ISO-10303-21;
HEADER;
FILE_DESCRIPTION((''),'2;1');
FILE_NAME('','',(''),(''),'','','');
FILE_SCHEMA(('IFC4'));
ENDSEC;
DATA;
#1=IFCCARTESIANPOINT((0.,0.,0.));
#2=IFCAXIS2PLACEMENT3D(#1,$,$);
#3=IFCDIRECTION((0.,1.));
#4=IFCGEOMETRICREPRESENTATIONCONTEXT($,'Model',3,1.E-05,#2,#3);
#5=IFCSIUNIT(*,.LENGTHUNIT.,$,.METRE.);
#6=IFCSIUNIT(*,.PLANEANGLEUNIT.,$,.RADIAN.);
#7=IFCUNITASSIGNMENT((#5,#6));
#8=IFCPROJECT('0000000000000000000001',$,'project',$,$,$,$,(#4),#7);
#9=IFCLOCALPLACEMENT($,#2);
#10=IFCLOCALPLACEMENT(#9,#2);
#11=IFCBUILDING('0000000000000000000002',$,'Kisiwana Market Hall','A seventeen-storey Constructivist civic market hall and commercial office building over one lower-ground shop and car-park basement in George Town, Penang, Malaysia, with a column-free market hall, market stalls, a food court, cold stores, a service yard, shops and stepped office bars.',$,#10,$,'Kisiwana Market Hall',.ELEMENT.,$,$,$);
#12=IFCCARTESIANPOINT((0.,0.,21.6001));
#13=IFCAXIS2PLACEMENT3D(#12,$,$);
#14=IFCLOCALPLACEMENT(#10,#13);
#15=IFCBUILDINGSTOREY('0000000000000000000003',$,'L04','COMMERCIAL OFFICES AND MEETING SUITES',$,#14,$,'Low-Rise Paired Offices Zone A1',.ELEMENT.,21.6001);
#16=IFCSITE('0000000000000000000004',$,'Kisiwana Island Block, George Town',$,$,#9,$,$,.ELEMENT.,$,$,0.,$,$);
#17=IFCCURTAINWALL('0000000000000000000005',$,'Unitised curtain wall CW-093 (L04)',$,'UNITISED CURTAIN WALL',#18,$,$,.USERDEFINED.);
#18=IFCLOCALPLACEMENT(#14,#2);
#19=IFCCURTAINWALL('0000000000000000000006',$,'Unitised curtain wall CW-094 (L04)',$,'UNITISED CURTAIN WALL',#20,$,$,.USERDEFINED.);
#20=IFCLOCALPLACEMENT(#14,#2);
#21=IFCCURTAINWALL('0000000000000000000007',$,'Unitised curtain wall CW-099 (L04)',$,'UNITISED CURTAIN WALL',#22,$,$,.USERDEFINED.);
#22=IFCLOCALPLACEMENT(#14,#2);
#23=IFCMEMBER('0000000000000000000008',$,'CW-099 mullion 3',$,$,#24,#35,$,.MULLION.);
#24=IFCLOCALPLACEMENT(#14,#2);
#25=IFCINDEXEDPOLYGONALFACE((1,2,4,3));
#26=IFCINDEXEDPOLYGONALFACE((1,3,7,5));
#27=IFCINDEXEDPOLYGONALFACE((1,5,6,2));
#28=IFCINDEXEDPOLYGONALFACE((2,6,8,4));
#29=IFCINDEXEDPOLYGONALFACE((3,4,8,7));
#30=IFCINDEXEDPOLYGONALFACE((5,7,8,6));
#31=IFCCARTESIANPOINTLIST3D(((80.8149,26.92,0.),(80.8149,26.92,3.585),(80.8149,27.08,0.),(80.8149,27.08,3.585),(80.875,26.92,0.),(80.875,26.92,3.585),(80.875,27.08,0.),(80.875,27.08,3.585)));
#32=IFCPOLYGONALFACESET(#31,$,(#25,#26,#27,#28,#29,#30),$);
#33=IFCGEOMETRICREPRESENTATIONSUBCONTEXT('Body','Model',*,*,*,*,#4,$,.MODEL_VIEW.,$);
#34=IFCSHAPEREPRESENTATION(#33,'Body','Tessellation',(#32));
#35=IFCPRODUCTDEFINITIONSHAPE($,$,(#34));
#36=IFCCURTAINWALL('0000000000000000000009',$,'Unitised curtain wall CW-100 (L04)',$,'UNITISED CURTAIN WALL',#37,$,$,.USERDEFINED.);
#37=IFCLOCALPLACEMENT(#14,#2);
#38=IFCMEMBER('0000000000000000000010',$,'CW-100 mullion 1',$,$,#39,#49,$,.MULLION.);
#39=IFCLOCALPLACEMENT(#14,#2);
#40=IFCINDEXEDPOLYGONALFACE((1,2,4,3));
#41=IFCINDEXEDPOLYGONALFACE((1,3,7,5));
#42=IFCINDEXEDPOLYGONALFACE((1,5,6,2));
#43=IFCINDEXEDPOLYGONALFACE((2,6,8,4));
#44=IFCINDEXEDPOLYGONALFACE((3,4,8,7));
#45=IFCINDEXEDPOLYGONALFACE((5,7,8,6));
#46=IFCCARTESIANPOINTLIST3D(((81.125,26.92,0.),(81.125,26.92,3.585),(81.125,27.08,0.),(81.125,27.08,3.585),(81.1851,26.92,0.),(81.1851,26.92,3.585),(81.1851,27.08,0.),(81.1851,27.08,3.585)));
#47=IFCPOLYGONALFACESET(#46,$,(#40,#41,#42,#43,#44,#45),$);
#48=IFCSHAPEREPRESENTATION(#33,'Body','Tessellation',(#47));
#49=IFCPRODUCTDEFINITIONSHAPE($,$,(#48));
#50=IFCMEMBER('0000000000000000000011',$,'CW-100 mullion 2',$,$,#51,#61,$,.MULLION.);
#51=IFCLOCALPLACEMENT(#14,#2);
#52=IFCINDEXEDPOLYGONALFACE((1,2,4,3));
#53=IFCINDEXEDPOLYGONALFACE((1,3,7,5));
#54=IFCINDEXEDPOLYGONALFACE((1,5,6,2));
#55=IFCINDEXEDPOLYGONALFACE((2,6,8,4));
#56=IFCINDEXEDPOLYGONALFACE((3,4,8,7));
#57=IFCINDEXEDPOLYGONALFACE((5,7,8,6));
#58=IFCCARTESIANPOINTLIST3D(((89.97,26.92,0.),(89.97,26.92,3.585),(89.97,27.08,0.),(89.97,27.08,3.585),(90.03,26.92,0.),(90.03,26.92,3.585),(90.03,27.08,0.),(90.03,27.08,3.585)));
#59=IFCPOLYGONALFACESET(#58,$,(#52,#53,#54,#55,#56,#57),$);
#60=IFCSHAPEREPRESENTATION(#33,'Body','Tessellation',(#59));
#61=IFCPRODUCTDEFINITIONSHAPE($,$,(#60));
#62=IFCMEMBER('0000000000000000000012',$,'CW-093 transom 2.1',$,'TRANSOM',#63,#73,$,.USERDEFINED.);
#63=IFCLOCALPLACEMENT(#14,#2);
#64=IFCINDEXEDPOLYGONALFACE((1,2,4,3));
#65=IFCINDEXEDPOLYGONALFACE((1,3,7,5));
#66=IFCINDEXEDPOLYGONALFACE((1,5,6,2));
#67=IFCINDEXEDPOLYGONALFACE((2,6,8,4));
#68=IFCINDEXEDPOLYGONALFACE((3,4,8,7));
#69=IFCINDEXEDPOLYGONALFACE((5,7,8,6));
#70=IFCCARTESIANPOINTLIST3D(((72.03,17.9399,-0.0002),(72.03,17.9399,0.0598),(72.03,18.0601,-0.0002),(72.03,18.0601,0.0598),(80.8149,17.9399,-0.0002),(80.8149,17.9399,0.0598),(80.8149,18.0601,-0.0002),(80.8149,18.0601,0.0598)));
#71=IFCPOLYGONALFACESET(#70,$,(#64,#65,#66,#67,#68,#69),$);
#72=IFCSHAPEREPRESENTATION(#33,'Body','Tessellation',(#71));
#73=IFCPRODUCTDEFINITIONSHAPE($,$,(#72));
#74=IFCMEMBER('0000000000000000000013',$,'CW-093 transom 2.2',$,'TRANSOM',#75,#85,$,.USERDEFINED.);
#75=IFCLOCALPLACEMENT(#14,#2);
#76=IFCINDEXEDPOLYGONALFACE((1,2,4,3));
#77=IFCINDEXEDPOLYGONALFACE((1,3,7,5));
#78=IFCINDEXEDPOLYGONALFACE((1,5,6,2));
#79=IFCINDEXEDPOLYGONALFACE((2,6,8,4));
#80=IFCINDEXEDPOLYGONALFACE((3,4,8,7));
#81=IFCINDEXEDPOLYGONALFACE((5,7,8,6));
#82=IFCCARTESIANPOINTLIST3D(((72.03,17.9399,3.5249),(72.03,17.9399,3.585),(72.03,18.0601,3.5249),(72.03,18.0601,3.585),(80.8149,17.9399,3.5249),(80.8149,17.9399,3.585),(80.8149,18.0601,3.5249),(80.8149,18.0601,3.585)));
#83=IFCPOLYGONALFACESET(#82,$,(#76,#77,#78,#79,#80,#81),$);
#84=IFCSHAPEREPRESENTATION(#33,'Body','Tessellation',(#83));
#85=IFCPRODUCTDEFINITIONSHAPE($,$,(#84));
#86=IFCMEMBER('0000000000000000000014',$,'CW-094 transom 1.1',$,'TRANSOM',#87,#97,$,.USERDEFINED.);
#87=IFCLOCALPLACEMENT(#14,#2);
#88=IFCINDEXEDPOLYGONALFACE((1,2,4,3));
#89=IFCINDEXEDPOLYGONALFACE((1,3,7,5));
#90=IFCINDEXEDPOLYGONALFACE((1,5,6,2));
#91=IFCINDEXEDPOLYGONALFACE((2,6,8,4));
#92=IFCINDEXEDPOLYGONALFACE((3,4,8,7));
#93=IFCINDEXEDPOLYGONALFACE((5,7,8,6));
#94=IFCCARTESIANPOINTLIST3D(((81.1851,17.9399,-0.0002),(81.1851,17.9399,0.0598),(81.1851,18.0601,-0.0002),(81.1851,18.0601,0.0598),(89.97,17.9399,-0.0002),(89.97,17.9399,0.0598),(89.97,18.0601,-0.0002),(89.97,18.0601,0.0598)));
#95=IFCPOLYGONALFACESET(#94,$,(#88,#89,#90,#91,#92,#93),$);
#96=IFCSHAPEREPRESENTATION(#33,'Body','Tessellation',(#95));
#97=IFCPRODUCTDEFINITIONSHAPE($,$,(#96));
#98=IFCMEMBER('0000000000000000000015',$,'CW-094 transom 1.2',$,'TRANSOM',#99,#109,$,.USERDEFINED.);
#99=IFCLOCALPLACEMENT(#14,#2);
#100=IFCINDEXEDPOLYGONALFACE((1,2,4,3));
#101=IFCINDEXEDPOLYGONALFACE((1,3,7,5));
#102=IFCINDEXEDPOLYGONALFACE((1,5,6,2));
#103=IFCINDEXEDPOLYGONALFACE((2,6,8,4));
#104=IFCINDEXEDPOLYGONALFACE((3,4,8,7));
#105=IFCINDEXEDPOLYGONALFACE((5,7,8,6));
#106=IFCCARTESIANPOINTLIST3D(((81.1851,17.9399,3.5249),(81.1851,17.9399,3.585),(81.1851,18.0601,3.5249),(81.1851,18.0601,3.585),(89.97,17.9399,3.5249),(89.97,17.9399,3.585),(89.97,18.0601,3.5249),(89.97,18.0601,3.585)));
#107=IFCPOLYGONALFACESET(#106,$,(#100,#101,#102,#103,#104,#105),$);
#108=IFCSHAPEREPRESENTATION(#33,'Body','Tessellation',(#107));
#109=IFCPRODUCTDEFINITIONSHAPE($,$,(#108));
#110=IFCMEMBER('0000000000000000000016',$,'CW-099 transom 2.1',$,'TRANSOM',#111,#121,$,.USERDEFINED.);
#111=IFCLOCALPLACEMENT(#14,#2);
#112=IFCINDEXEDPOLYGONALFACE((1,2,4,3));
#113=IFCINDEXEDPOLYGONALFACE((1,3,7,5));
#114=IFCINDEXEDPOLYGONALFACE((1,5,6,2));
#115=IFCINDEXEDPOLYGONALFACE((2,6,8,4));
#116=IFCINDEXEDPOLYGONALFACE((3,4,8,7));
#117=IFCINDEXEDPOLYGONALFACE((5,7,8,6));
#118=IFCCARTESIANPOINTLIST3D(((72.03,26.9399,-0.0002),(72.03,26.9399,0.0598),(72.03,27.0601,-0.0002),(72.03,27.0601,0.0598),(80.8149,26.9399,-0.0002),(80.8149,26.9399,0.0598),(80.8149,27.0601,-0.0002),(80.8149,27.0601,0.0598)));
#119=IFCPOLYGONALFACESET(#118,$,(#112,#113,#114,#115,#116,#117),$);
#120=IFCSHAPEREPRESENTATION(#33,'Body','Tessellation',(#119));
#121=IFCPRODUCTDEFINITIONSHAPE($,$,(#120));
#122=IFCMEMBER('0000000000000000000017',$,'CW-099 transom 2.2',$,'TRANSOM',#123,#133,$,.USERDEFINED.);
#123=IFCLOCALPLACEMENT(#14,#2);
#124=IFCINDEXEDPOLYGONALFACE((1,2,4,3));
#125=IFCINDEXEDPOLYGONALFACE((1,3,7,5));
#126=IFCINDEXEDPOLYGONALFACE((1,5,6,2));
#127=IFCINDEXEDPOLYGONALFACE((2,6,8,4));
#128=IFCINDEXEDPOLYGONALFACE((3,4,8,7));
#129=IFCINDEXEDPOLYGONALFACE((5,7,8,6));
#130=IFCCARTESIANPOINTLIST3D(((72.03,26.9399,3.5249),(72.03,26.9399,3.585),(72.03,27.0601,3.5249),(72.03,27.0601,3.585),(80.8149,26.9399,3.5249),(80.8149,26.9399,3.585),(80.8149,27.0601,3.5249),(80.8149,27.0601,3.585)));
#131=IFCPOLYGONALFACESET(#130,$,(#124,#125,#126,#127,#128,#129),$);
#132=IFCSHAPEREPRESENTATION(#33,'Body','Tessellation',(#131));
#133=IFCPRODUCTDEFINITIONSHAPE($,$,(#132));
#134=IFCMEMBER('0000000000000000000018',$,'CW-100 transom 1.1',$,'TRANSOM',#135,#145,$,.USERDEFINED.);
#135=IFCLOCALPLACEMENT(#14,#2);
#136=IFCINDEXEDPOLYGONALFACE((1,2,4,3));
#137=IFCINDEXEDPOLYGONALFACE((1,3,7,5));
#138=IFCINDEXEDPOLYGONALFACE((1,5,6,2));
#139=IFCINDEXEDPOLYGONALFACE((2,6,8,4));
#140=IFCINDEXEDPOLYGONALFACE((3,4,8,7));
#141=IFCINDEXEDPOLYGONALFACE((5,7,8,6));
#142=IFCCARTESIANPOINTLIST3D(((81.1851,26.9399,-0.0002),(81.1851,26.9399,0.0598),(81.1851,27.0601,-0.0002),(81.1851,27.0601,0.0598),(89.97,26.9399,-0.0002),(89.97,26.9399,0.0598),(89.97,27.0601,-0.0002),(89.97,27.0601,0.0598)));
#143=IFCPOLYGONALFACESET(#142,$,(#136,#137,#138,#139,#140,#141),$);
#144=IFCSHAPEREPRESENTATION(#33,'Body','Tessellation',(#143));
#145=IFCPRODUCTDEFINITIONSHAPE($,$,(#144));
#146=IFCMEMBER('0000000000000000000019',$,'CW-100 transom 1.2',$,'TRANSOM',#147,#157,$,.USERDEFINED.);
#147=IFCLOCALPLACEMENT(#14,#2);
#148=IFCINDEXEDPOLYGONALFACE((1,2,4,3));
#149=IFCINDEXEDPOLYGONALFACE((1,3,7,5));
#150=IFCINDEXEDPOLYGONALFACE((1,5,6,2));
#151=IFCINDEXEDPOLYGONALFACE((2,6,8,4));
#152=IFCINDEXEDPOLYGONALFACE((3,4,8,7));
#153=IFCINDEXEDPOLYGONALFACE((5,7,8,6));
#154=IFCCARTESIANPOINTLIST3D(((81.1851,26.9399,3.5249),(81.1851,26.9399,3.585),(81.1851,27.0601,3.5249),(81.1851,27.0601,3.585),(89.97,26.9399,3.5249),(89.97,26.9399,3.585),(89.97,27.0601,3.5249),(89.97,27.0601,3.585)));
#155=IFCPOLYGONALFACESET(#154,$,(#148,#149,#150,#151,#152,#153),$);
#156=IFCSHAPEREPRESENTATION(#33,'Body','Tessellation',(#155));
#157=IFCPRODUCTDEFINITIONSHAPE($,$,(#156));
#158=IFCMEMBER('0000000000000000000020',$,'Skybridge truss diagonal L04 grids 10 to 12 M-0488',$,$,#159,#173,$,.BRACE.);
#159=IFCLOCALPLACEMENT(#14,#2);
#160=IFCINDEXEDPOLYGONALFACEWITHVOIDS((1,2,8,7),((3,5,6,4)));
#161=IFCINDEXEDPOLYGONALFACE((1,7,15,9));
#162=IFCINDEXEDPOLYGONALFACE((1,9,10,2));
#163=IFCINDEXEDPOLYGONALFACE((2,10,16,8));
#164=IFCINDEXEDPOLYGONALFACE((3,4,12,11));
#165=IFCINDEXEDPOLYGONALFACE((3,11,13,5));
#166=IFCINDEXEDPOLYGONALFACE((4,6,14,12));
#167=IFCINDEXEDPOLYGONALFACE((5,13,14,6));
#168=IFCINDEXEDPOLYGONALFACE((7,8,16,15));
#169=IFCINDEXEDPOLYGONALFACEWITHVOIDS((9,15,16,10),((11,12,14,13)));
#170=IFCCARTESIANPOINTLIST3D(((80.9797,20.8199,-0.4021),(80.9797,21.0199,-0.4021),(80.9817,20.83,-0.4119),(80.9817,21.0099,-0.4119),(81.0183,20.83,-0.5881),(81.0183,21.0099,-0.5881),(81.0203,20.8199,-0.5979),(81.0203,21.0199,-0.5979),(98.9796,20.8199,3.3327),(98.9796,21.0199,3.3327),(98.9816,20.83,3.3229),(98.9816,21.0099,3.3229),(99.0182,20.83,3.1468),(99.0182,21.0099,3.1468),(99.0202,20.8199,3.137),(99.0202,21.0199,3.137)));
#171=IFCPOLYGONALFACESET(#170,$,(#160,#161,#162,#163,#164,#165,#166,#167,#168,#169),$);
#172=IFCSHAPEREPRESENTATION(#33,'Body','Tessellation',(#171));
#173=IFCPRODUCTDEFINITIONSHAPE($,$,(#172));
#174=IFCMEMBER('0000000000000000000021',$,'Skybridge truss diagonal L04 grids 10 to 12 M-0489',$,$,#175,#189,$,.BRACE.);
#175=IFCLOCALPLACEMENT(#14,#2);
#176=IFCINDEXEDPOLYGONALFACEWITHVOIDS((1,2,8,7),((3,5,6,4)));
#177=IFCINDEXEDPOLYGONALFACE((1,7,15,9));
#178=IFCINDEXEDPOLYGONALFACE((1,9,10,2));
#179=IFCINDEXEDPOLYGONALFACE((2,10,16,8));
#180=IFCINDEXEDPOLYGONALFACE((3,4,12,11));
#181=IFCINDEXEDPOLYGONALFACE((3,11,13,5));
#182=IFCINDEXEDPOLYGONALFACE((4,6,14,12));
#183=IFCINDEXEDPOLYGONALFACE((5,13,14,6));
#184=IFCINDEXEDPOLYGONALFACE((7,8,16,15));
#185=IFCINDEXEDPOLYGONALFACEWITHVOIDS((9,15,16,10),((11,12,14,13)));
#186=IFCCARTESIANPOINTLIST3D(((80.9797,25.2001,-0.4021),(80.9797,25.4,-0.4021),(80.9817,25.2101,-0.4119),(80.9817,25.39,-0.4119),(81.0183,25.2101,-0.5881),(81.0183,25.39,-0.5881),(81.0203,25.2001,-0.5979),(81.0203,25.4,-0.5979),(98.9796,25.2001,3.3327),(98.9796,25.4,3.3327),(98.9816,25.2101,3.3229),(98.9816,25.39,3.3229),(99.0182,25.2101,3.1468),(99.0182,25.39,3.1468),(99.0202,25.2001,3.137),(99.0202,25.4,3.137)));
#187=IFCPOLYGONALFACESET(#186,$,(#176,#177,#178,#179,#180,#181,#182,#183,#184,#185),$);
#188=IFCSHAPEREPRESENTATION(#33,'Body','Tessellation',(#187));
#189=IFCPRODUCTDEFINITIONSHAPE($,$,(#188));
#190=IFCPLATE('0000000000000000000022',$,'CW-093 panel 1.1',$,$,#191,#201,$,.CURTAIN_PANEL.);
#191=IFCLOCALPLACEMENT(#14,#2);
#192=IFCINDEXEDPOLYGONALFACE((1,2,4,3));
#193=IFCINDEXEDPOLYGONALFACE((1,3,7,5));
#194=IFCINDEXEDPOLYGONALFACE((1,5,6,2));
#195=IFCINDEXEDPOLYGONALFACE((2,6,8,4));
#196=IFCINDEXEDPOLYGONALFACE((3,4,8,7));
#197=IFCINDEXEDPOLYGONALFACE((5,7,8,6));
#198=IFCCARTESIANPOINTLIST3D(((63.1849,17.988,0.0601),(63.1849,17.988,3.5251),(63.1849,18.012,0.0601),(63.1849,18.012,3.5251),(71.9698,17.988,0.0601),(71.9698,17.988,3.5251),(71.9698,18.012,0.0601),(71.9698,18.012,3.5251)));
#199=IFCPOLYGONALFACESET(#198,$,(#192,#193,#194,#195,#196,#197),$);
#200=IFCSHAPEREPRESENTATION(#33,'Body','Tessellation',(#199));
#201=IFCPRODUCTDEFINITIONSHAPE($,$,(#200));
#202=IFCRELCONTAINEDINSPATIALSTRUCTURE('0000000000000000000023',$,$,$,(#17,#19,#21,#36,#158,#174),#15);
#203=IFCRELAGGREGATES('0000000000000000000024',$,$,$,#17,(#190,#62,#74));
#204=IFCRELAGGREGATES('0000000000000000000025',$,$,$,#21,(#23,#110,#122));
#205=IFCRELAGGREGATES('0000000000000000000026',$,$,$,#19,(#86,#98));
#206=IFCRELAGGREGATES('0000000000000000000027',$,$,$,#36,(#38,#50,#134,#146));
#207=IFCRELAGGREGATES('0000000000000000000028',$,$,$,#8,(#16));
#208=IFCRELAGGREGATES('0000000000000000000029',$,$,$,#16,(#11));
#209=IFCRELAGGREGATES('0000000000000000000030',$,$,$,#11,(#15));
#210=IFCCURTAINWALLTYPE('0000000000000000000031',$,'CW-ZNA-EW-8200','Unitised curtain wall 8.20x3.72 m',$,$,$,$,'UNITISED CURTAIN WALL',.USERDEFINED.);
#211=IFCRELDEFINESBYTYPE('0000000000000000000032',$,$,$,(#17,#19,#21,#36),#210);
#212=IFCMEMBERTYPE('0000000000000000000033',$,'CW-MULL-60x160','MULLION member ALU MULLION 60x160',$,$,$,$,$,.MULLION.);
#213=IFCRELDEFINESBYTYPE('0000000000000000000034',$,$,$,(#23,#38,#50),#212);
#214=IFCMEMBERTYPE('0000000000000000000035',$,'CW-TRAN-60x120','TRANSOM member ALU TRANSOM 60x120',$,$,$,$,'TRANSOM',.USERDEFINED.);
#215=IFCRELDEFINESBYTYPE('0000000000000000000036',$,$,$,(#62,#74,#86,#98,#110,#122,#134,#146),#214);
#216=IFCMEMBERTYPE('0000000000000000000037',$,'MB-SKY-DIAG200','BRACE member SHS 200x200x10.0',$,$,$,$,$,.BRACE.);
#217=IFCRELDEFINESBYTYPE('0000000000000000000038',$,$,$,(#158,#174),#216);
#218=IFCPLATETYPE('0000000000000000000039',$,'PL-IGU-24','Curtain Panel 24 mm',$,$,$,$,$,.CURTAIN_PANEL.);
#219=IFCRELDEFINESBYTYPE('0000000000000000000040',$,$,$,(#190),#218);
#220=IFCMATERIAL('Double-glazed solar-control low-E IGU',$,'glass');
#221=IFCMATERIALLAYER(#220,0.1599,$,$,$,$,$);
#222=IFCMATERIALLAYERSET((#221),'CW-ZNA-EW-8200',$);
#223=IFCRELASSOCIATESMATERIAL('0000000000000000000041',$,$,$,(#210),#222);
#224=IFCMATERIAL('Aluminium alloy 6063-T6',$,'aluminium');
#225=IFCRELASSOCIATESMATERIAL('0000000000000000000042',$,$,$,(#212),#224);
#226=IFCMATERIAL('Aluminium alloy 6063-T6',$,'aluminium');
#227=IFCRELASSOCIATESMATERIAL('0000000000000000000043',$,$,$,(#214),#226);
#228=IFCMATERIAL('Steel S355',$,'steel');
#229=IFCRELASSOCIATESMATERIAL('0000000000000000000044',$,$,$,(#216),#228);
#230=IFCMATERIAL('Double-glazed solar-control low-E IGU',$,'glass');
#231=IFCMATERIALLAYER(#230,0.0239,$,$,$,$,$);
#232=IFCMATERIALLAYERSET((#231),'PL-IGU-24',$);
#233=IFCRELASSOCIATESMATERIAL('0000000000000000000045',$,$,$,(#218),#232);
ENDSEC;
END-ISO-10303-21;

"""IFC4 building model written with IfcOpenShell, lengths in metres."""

from ifc_helpers import new_model, si_unit, direction, frame, origin, origin_2d, place, context, subcontext, project, spatial, rectangle, hollow_rectangle, extrude, material, layer, layer_set, material_profile, profile_set, type_object, element, aggregate, save


model = new_model("IFC4")

# Units and contexts
model_context = context("Model", 3, precision=1e-05, world=origin(), true_north=direction((0.0, 1.0)))
body_context = subcontext(model_context, "Body", "Model", "MODEL_VIEW")
ifc_project = project(units=[si_unit("LENGTHUNIT", "METRE"), si_unit("PLANEANGLEUNIT", "RADIAN")], contexts=[model_context])

# Site, building, storey
site_placement = place(None, origin())
site = spatial("IfcSite", under=ifc_project, at=site_placement, Name="Kisiwana Island Block, George Town", CompositionType="ELEMENT", RefElevation=0.0)
building_placement = place(site_placement, origin())
building = spatial("IfcBuilding", under=site, at=building_placement, Name="Kisiwana Market Hall", Description="A seventeen-storey Constructivist civic market hall and commercial office building over one lower-ground shop and car-park basement in George Town, Penang, Malaysia, with a column-free market hall, market stalls, a food court, cold stores, a service yard, shops and stepped office bars.", LongName="Kisiwana Market Hall", CompositionType="ELEMENT")
storey_placement = place(building_placement, frame((0.0, 0.0, 21.6001)))
storey = spatial("IfcBuildingStorey", under=building, at=storey_placement, Name="L04", Description="COMMERCIAL OFFICES AND MEETING SUITES", LongName="Low-Rise Paired Offices Zone A1", CompositionType="ELEMENT", Elevation=21.6001)

# Curtain walls, members
ifc_material_1 = material(Name="Double-glazed solar-control low-E IGU", Category="glass")
ifc_layer_1 = layer(ifc_material_1, 0.1599)
ifc_layer_set_1 = layer_set([ifc_layer_1], Name="CW-ZNA-EW-8200")
curtain_wall_type = type_object("IfcCurtainWallType", Name="CW-ZNA-EW-8200", Description="Unitised curtain wall 8.20x3.72 m", ElementType="UNITISED CURTAIN WALL", PredefinedType="USERDEFINED", material=ifc_layer_set_1)
curtain_wall_1_placement = place(storey_placement, origin())
curtain_wall_1 = element("IfcCurtainWall", 1, at=curtain_wall_1_placement, inside=storey, type_object=curtain_wall_type, Name="Unitised curtain wall CW-093 (L04)", ObjectType="UNITISED CURTAIN WALL", PredefinedType="USERDEFINED")
ifc_material_2 = material(Name="Aluminium alloy 6063-T6", Category="aluminium")
ifc_material_profile_1 = material_profile(ifc_material_2, rectangle(XDim=0.0601, YDim=0.1599, at=origin_2d()), Name="ALU MULLION 60x160")
ifc_profile_set_1 = profile_set([ifc_material_profile_1], Name="Aluminium alloy 6063-T6")
member_type_1 = type_object("IfcMemberType", Name="CW-MULL-60x160", Description="MULLION member ALU MULLION 60x160", PredefinedType="MULLION", material=ifc_profile_set_1)
curtain_wall_2_placement = place(storey_placement, origin())
curtain_wall_2 = element("IfcCurtainWall", 2, at=curtain_wall_2_placement, inside=storey, type_object=curtain_wall_type, Name="Unitised curtain wall CW-094 (L04)", ObjectType="UNITISED CURTAIN WALL", PredefinedType="USERDEFINED")
curtain_wall_3_placement = place(storey_placement, origin())
curtain_wall_3 = element("IfcCurtainWall", 3, at=curtain_wall_3_placement, inside=storey, type_object=curtain_wall_type, Name="Unitised curtain wall CW-099 (L04)", ObjectType="UNITISED CURTAIN WALL", PredefinedType="USERDEFINED")
member_1_placement = place(storey_placement, frame((80.845, 27.0, 0.0), z_axis=(0.0, 0.0, 1.0), x_axis=(1.0, 0.0, 0.0)))
member_1 = element("IfcMember", 4, at=member_1_placement, type_object=member_type_1, Name="CW-099 mullion 3", PredefinedType="MULLION", context=body_context, shape_type="SweptSolid", body=[
    extrude(rectangle(XDim=0.0601, YDim=0.1599, at=origin_2d()), origin(), (0.0, 0.0, 1.0), 3.585),
])
curtain_wall_4_placement = place(storey_placement, origin())
curtain_wall_4 = element("IfcCurtainWall", 5, at=curtain_wall_4_placement, inside=storey, type_object=curtain_wall_type, Name="Unitised curtain wall CW-100 (L04)", ObjectType="UNITISED CURTAIN WALL", PredefinedType="USERDEFINED")
member_2_placement = place(storey_placement, frame((81.155, 27.0, 0.0), z_axis=(0.0, 0.0, 1.0), x_axis=(1.0, 0.0, 0.0)))
member_2 = element("IfcMember", 6, at=member_2_placement, type_object=member_type_1, Name="CW-100 mullion 1", PredefinedType="MULLION", context=body_context, shape_type="SweptSolid", body=[
    extrude(rectangle(XDim=0.0601, YDim=0.1599, at=origin_2d()), origin(), (0.0, 0.0, 1.0), 3.585),
])
member_3_placement = place(storey_placement, frame((90.0, 27.0, 0.0), z_axis=(0.0, 0.0, 1.0), x_axis=(1.0, 0.0, 0.0)))
member_3 = element("IfcMember", 7, at=member_3_placement, type_object=member_type_1, Name="CW-100 mullion 2", PredefinedType="MULLION", context=body_context, shape_type="SweptSolid", body=[
    extrude(rectangle(XDim=0.0601, YDim=0.1599, at=origin_2d()), origin(), (0.0, 0.0, 1.0), 3.585),
])

# Members
ifc_material_3 = material(Name="Aluminium alloy 6063-T6", Category="aluminium")
ifc_material_profile_2 = material_profile(ifc_material_3, rectangle(XDim=0.1201, YDim=0.0601, at=origin_2d()), Name="ALU TRANSOM 60x120")
ifc_profile_set_2 = profile_set([ifc_material_profile_2], Name="Aluminium alloy 6063-T6")
member_type_2 = type_object("IfcMemberType", Name="CW-TRAN-60x120", Description="TRANSOM member ALU TRANSOM 60x120", ElementType="TRANSOM", PredefinedType="USERDEFINED", material=ifc_profile_set_2)
member_4_placement = place(storey_placement, frame((72.03, 18.0, 0.0298), z_axis=(1.0, 0.0, 0.0), x_axis=(0.0, 1.0, 0.0)))
member_4 = element("IfcMember", 8, at=member_4_placement, type_object=member_type_2, Name="CW-093 transom 2.1", ObjectType="TRANSOM", PredefinedType="USERDEFINED", context=body_context, shape_type="SweptSolid", body=[
    extrude(rectangle(XDim=0.1201, YDim=0.0601, at=origin_2d()), origin(), (0.0, 0.0, 1.0), 8.7849),
])
member_5_placement = place(storey_placement, frame((72.03, 18.0, 3.5549), z_axis=(1.0, 0.0, 0.0), x_axis=(0.0, 1.0, 0.0)))
member_5 = element("IfcMember", 9, at=member_5_placement, type_object=member_type_2, Name="CW-093 transom 2.2", ObjectType="TRANSOM", PredefinedType="USERDEFINED", context=body_context, shape_type="SweptSolid", body=[
    extrude(rectangle(XDim=0.1201, YDim=0.0601, at=origin_2d()), origin(), (0.0, 0.0, 1.0), 8.7849),
])
member_6_placement = place(storey_placement, frame((81.1851, 18.0, 0.0298), z_axis=(1.0, 0.0, 0.0), x_axis=(0.0, 1.0, 0.0)))
member_6 = element("IfcMember", 10, at=member_6_placement, type_object=member_type_2, Name="CW-094 transom 1.1", ObjectType="TRANSOM", PredefinedType="USERDEFINED", context=body_context, shape_type="SweptSolid", body=[
    extrude(rectangle(XDim=0.1201, YDim=0.0601, at=origin_2d()), origin(), (0.0, 0.0, 1.0), 8.7849),
])
member_7_placement = place(storey_placement, frame((81.1851, 18.0, 3.5549), z_axis=(1.0, 0.0, 0.0), x_axis=(0.0, 1.0, 0.0)))
member_7 = element("IfcMember", 11, at=member_7_placement, type_object=member_type_2, Name="CW-094 transom 1.2", ObjectType="TRANSOM", PredefinedType="USERDEFINED", context=body_context, shape_type="SweptSolid", body=[
    extrude(rectangle(XDim=0.1201, YDim=0.0601, at=origin_2d()), origin(), (0.0, 0.0, 1.0), 8.7849),
])
member_8_placement = place(storey_placement, frame((72.03, 27.0, 0.0298), z_axis=(1.0, 0.0, 0.0), x_axis=(0.0, 1.0, 0.0)))
member_8 = element("IfcMember", 12, at=member_8_placement, type_object=member_type_2, Name="CW-099 transom 2.1", ObjectType="TRANSOM", PredefinedType="USERDEFINED", context=body_context, shape_type="SweptSolid", body=[
    extrude(rectangle(XDim=0.1201, YDim=0.0601, at=origin_2d()), origin(), (0.0, 0.0, 1.0), 8.7849),
])
member_9_placement = place(storey_placement, frame((72.03, 27.0, 3.5549), z_axis=(1.0, 0.0, 0.0), x_axis=(0.0, 1.0, 0.0)))
member_9 = element("IfcMember", 13, at=member_9_placement, type_object=member_type_2, Name="CW-099 transom 2.2", ObjectType="TRANSOM", PredefinedType="USERDEFINED", context=body_context, shape_type="SweptSolid", body=[
    extrude(rectangle(XDim=0.1201, YDim=0.0601, at=origin_2d()), origin(), (0.0, 0.0, 1.0), 8.7849),
])
member_10_placement = place(storey_placement, frame((81.1851, 27.0, 0.0298), z_axis=(1.0, 0.0, 0.0), x_axis=(0.0, 1.0, 0.0)))
member_10 = element("IfcMember", 14, at=member_10_placement, type_object=member_type_2, Name="CW-100 transom 1.1", ObjectType="TRANSOM", PredefinedType="USERDEFINED", context=body_context, shape_type="SweptSolid", body=[
    extrude(rectangle(XDim=0.1201, YDim=0.0601, at=origin_2d()), origin(), (0.0, 0.0, 1.0), 8.7849),
])
member_11_placement = place(storey_placement, frame((81.1851, 27.0, 3.5549), z_axis=(1.0, 0.0, 0.0), x_axis=(0.0, 1.0, 0.0)))
member_11 = element("IfcMember", 15, at=member_11_placement, type_object=member_type_2, Name="CW-100 transom 1.2", ObjectType="TRANSOM", PredefinedType="USERDEFINED", context=body_context, shape_type="SweptSolid", body=[
    extrude(rectangle(XDim=0.1201, YDim=0.0601, at=origin_2d()), origin(), (0.0, 0.0, 1.0), 8.7849),
])

# Members
ifc_material_4 = material(Name="Steel S355", Category="steel")
ifc_material_profile_3 = material_profile(ifc_material_4, hollow_rectangle(XDim=0.2, YDim=0.2, WallThickness=0.01, at=origin_2d()), Name="SHS 200x200x10.0")
ifc_profile_set_3 = profile_set([ifc_material_profile_3], Name="Steel S355")
member_type_3 = type_object("IfcMemberType", Name="MB-SKY-DIAG200", Description="BRACE member SHS 200x200x10.0", PredefinedType="BRACE", material=ifc_profile_set_3)
for number, where, z_axis, x_axis, name in (
    (16, (81.0, 20.9199, -0.5), (0.979145, 0.0, 0.203165), (0.0, 1.0, 0.0), "Skybridge truss diagonal L04 grids 10 to 12 M-0488"),
    (17, (81.0, 25.3, -0.5), (0.979145, 0.0, 0.203165), (0.0, 1.0, 0.0), "Skybridge truss diagonal L04 grids 10 to 12 M-0489"),
):
    element("IfcMember", number, at=place(storey_placement, frame(where, z_axis=z_axis, x_axis=x_axis)), inside=storey, type_object=member_type_3, Name=name, PredefinedType="BRACE", context=body_context, shape_type="SweptSolid", body=[
        extrude(hollow_rectangle(XDim=0.2, YDim=0.2, WallThickness=0.01, at=origin_2d()), origin(), (0.0, 0.0, 1.0), 18.3833),
    ])

# Plate
ifc_material_5 = material(Name="Double-glazed solar-control low-E IGU", Category="glass")
ifc_layer_2 = layer(ifc_material_5, 0.0239)
ifc_layer_set_2 = layer_set([ifc_layer_2], Name="PL-IGU-24")
plate_type_1 = type_object("IfcPlateType", Name="PL-IGU-24", Description="Curtain Panel 24 mm", PredefinedType="CURTAIN_PANEL", material=ifc_layer_set_2)
plate_1_placement = place(storey_placement, frame((67.5774, 18.0, 0.0601), z_axis=(0.0, 0.0, 1.0), x_axis=(1.0, 0.0, 0.0)))
plate_1 = element("IfcPlate", 18, at=plate_1_placement, type_object=plate_type_1, Name="CW-093 panel 1.1", PredefinedType="CURTAIN_PANEL", context=body_context, shape_type="SweptSolid", body=[
    extrude(rectangle(XDim=8.7849, YDim=0.0239, at=origin_2d()), origin(), (0.0, 0.0, 1.0), 3.4651),
])
aggregate(curtain_wall_1, [plate_1, member_4, member_5])
aggregate(curtain_wall_3, [member_1, member_8, member_9])
aggregate(curtain_wall_2, [member_6, member_7])
aggregate(curtain_wall_4, [member_2, member_3, member_10, member_11])

save(model, "model.ifc")
